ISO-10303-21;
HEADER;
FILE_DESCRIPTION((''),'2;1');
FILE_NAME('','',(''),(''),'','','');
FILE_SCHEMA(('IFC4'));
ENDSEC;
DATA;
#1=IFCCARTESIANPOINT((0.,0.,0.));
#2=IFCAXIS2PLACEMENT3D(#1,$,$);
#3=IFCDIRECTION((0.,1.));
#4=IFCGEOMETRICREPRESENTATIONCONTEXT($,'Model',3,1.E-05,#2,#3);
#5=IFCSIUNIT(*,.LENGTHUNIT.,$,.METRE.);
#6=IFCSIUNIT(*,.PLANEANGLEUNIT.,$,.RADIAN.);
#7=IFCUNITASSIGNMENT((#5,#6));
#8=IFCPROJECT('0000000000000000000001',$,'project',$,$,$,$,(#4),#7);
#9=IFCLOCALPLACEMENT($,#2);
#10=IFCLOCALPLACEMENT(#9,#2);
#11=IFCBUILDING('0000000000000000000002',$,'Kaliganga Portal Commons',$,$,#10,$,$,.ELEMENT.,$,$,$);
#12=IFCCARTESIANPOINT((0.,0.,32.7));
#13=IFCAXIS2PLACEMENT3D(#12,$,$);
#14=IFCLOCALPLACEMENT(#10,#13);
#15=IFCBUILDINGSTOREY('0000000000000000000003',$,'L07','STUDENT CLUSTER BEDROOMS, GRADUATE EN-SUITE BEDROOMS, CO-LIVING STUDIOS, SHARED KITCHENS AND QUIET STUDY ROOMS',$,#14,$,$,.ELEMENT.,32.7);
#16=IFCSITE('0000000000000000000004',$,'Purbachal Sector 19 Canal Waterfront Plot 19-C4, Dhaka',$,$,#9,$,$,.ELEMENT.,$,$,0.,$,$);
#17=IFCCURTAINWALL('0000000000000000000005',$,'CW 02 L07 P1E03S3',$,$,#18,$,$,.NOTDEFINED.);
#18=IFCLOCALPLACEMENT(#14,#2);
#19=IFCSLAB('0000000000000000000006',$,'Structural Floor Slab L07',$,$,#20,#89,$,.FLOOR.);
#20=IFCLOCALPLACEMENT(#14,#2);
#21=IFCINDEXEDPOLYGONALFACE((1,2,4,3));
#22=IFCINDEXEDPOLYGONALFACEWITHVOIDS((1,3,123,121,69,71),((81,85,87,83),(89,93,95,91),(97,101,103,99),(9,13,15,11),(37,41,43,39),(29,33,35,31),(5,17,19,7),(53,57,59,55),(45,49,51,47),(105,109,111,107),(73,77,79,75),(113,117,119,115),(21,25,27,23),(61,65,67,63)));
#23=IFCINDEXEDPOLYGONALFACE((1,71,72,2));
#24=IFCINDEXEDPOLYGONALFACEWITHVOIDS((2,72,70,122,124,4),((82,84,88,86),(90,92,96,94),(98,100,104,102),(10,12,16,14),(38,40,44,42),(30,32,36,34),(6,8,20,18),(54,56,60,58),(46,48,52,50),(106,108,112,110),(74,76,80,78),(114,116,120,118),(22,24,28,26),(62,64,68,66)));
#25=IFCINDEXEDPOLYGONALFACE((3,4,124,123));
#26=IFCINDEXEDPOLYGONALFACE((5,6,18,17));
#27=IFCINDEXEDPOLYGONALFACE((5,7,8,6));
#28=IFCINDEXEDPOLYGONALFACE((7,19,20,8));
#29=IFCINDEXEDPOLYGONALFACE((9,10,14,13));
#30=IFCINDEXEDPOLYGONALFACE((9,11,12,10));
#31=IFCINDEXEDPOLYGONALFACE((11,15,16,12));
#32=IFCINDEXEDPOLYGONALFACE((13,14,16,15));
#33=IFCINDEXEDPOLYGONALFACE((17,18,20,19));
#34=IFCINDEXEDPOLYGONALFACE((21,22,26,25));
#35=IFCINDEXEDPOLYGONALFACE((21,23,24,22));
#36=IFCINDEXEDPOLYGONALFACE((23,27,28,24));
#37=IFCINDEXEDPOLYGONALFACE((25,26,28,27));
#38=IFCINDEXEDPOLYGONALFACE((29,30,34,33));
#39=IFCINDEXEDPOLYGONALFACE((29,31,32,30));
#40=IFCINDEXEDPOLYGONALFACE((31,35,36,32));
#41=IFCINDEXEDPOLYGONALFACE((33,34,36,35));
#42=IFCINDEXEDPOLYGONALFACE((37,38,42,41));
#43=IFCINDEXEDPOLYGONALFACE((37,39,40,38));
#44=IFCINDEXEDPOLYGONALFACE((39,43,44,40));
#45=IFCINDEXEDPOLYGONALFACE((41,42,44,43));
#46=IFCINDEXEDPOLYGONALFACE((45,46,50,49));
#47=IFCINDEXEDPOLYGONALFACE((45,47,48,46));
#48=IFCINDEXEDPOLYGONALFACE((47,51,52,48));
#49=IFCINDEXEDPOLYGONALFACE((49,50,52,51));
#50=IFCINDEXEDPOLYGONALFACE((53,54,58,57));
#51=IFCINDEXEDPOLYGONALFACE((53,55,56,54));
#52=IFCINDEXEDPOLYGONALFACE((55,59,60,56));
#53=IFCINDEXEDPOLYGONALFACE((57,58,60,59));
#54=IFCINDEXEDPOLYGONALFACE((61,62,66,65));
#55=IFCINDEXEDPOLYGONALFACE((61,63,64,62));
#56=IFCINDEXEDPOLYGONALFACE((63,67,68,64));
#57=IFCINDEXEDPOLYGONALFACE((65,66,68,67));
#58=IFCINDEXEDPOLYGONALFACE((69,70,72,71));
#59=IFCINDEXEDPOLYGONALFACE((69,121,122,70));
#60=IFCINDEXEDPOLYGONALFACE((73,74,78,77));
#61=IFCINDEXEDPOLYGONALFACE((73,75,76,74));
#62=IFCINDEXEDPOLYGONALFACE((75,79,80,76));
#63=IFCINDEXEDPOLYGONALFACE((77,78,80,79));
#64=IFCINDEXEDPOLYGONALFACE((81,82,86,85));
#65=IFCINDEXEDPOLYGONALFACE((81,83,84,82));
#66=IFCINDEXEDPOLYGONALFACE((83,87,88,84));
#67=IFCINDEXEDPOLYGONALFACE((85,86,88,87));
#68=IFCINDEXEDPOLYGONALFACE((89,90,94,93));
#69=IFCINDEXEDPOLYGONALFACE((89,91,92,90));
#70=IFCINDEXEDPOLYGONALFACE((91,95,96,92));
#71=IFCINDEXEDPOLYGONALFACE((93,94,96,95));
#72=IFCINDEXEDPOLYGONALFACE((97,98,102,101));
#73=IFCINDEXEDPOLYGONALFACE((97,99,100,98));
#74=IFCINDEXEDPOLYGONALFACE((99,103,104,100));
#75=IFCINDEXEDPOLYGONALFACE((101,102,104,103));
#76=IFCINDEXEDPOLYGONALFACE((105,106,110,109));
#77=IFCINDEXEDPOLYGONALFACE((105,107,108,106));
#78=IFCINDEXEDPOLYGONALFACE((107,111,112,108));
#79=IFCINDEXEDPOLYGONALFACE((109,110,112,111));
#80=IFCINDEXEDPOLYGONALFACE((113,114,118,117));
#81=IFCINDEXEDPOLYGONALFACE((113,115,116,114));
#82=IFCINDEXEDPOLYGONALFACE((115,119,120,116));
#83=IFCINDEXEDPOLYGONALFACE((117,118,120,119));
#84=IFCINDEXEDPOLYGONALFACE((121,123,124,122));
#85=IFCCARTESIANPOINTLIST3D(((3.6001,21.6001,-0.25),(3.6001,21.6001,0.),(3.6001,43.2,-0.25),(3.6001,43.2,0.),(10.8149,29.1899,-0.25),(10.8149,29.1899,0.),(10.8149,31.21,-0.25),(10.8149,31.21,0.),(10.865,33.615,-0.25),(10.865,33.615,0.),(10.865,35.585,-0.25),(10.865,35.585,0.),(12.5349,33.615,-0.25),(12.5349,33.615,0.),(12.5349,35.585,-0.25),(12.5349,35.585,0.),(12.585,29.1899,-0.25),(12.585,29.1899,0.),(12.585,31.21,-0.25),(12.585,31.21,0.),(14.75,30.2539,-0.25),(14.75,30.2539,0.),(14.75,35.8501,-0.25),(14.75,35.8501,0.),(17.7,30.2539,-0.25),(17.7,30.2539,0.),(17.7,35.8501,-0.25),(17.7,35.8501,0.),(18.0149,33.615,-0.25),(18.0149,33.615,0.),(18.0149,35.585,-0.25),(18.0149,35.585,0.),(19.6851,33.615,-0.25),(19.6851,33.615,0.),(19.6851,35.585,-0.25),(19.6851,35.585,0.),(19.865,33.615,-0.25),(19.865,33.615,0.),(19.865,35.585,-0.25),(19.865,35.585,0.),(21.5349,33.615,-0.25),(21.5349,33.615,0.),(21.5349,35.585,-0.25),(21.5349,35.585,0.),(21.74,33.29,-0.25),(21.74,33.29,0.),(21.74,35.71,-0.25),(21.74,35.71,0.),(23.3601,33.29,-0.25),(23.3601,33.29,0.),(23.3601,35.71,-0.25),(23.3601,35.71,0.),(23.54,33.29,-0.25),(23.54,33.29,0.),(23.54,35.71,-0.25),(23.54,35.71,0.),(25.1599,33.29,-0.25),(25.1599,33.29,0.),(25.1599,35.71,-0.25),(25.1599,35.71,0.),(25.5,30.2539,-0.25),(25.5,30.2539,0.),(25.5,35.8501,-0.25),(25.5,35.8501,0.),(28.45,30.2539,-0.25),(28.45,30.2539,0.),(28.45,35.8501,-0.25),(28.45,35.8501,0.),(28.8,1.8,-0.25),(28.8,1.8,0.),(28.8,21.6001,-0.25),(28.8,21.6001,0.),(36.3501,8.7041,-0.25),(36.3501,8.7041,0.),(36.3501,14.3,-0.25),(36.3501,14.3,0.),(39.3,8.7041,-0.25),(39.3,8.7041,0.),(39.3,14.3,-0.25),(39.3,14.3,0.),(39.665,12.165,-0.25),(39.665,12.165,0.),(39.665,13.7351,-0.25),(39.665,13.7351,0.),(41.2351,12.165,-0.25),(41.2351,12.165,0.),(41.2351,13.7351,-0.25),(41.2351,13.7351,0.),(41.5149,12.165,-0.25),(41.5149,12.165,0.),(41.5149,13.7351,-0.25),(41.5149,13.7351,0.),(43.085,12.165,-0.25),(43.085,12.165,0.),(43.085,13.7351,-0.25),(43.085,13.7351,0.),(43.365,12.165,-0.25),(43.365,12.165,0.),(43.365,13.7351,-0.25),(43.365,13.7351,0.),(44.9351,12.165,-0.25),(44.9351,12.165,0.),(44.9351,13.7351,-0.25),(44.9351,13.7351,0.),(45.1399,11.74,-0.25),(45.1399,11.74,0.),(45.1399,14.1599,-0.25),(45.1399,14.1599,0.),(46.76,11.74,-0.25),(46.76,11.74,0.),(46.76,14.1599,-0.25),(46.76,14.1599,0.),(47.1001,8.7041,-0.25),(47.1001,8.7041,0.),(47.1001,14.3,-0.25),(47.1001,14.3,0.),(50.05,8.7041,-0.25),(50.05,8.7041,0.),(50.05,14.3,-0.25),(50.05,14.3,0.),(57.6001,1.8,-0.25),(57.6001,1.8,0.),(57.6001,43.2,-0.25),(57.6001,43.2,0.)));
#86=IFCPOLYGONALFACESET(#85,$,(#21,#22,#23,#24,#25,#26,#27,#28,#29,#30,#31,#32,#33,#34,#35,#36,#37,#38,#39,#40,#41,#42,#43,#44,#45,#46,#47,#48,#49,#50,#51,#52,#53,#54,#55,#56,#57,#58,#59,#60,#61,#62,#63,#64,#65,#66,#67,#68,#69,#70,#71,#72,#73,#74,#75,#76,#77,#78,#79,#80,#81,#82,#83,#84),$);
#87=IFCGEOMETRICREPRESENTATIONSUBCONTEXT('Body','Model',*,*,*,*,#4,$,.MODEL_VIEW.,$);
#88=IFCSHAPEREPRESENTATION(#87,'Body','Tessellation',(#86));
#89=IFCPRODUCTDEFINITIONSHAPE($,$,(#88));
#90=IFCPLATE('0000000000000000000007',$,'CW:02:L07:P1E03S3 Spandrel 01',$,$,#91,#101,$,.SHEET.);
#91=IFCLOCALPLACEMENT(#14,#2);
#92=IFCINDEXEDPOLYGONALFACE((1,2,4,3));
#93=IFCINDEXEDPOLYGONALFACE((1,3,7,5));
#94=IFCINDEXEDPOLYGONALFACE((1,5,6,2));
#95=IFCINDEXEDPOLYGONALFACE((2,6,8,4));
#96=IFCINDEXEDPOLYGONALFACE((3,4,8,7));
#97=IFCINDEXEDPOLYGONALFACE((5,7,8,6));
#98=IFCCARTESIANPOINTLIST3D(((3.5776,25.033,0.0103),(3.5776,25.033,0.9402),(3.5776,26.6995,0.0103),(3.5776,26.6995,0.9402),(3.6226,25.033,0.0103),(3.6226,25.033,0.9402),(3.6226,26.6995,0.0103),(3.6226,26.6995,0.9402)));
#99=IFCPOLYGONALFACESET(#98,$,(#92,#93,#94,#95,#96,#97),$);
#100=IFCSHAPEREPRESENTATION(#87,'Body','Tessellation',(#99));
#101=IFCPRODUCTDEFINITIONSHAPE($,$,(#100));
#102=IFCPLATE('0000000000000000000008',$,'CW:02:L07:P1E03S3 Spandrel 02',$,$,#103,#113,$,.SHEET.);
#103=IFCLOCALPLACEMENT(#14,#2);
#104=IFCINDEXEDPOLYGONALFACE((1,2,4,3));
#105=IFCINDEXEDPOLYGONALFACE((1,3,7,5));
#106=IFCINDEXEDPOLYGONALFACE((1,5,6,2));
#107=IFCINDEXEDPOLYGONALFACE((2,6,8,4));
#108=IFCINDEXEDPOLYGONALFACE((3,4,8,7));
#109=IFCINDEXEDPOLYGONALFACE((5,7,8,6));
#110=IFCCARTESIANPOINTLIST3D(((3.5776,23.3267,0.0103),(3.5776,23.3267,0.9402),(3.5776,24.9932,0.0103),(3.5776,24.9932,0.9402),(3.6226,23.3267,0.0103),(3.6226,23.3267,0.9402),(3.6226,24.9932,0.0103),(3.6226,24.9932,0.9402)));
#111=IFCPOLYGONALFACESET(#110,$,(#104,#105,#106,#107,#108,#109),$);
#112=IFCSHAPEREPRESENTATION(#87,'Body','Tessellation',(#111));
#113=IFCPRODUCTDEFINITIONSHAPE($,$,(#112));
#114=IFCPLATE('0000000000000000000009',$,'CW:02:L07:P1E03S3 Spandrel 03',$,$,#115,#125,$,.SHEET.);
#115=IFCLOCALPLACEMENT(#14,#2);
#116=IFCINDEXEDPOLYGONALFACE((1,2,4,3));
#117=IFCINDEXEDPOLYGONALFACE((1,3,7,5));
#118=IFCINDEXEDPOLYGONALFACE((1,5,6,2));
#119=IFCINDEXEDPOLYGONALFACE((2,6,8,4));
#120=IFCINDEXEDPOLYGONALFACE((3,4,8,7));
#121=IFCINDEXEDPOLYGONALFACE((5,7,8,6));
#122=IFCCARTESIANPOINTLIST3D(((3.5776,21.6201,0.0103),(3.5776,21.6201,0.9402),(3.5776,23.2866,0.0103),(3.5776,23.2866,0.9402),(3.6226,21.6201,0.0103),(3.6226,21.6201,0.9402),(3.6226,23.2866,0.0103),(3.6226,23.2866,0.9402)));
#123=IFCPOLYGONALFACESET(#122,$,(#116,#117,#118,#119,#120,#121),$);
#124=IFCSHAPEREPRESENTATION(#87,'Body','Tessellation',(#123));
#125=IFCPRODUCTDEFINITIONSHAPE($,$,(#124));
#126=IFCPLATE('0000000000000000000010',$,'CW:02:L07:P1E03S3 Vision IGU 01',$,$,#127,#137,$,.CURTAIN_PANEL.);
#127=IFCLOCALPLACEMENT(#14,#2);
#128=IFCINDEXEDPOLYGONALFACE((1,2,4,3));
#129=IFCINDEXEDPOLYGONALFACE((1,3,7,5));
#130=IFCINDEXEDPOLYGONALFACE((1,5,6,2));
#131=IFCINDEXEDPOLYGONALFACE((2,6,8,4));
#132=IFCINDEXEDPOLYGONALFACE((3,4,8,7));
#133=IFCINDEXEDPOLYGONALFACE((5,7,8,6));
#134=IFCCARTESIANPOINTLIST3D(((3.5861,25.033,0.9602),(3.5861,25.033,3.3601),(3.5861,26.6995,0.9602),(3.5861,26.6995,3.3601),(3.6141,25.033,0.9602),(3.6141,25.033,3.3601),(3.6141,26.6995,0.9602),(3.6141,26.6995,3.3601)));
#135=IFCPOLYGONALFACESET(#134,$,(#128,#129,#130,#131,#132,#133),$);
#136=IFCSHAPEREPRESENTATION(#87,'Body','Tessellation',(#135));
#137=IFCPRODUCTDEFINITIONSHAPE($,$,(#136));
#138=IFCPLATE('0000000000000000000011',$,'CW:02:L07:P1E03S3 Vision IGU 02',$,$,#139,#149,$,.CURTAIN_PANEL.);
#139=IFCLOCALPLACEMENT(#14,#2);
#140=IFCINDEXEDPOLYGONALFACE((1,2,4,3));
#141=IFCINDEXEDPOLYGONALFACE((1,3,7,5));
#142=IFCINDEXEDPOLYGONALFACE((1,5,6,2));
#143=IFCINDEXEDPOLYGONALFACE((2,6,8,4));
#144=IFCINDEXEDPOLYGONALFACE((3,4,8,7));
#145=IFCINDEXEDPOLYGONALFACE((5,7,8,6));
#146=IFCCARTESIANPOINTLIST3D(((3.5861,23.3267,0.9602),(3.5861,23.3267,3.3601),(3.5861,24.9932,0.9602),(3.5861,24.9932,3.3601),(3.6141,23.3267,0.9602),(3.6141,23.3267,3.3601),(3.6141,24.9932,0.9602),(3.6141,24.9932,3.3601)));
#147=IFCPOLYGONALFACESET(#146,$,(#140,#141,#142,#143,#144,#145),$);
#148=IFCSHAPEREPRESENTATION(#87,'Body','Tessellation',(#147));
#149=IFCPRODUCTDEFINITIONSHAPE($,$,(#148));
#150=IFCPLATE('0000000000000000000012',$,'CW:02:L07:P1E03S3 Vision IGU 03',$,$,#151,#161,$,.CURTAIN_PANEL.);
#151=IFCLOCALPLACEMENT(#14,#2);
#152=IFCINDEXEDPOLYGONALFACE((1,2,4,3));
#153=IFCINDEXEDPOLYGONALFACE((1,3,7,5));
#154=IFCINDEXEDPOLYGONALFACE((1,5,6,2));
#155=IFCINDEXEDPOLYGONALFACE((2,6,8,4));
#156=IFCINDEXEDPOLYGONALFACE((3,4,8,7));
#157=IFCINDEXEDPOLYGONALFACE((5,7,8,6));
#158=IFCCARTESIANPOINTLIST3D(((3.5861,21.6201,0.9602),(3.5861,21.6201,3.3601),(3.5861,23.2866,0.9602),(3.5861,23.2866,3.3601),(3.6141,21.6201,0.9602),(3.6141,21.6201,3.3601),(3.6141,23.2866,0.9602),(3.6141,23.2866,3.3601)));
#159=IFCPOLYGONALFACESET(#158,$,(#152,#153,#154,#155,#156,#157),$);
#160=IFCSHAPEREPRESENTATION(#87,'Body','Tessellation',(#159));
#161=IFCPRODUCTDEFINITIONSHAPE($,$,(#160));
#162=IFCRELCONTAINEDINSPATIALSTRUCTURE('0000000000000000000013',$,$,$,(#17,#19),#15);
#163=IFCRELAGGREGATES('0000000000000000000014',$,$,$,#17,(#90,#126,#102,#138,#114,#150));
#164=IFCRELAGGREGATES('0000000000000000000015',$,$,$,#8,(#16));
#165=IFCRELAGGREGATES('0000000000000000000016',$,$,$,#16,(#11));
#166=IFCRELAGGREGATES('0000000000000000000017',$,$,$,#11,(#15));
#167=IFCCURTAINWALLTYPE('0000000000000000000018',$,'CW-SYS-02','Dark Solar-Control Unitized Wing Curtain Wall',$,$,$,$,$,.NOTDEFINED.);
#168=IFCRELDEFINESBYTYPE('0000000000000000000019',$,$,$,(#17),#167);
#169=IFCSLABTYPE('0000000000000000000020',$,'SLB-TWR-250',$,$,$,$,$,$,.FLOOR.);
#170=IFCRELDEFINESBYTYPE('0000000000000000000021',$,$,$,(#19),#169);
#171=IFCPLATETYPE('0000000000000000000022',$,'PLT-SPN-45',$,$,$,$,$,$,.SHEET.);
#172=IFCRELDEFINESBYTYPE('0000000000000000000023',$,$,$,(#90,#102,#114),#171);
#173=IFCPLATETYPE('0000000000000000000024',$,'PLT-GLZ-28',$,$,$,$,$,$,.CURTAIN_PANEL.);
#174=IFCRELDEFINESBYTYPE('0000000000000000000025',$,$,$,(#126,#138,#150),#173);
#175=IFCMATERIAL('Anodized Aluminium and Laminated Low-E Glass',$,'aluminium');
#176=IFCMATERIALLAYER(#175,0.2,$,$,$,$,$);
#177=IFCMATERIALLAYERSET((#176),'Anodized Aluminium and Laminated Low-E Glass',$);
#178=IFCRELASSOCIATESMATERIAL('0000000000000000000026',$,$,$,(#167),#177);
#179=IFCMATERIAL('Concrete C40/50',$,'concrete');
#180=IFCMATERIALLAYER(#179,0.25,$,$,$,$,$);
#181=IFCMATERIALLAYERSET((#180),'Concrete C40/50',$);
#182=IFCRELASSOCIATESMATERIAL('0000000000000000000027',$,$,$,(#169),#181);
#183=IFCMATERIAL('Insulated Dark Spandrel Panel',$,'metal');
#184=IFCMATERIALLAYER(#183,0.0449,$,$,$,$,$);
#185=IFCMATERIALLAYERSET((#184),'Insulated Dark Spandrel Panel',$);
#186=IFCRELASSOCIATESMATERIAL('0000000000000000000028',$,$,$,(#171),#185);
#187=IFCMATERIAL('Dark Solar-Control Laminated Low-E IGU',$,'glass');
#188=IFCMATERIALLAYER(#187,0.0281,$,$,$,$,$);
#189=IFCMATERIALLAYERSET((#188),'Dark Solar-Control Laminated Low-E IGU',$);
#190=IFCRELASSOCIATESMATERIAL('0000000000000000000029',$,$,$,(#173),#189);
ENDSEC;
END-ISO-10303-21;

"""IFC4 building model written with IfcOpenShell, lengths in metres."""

from ifc_helpers import new_model, si_unit, direction, frame, origin, origin_2d, place, context, subcontext, project, spatial, polyline, rectangle, outline, extrude, source, transform, mapped, material, layer, layer_set, type_object, element, aggregate, save


model = new_model("IFC4")

# Units and contexts
model_context = context("Model", 3, precision=1e-05, world=origin(), true_north=direction((0.0, 1.0)))
body_context = subcontext(model_context, "Body", "Model", "MODEL_VIEW")
ifc_project = project(units=[si_unit("LENGTHUNIT", "METRE"), si_unit("PLANEANGLEUNIT", "RADIAN")], contexts=[model_context])

# Site, building, storey
site_placement = place(None, origin())
site = spatial("IfcSite", under=ifc_project, at=site_placement, Name="Purbachal Sector 19 Canal Waterfront Plot 19-C4, Dhaka", CompositionType="ELEMENT", RefElevation=0.0)
building_placement = place(site_placement, origin())
building = spatial("IfcBuilding", under=site, at=building_placement, Name="Kaliganga Portal Commons", CompositionType="ELEMENT")
storey_placement = place(building_placement, frame((0.0, 0.0, 32.7)))
storey = spatial("IfcBuildingStorey", under=building, at=storey_placement, Name="L07", Description="STUDENT CLUSTER BEDROOMS, GRADUATE EN-SUITE BEDROOMS, CO-LIVING STUDIOS, SHARED KITCHENS AND QUIET STUDY ROOMS", CompositionType="ELEMENT", Elevation=32.7)

# Curtain wall
ifc_material_1 = material(Name="Anodized Aluminium and Laminated Low-E Glass", Category="aluminium")
ifc_layer_1 = layer(ifc_material_1, 0.2)
ifc_layer_set_1 = layer_set([ifc_layer_1], Name="Anodized Aluminium and Laminated Low-E Glass")
curtain_wall_type = type_object("IfcCurtainWallType", Name="CW-SYS-02", Description="Dark Solar-Control Unitized Wing Curtain Wall", PredefinedType="NOTDEFINED", material=ifc_layer_set_1)
curtain_wall_placement = place(storey_placement, origin())
curtain_wall = element("IfcCurtainWall", 1, at=curtain_wall_placement, inside=storey, type_object=curtain_wall_type, Name="CW 02 L07 P1E03S3", PredefinedType="NOTDEFINED")

# Shared definitions
ifc_material_2 = material(Name="Concrete C40/50", Category="concrete")

# Slab
ifc_layer_2 = layer(ifc_material_2, 0.25)
ifc_layer_set_2 = layer_set([ifc_layer_2], Name="Concrete C40/50")
slab_type_1 = type_object("IfcSlabType", Name="SLB-TWR-250", PredefinedType="FLOOR", material=ifc_layer_set_2)
slab_1_placement = place(storey_placement, frame((0.0, 0.0, -0.25)))
element("IfcSlab", 2, at=slab_1_placement, inside=storey, type_object=slab_type_1, Name="Structural Floor Slab L07", PredefinedType="FLOOR", context=body_context, shape_type="SweptSolid", body=[
    extrude(outline(polyline([(28.8, 1.8), (57.6001, 1.8), (57.6001, 43.2), (3.6001, 43.2), (3.6001, 21.6001), (28.8, 21.6001), (28.8, 1.8)]), holes=[polyline([(14.75, 30.2539), (14.75, 35.8501), (17.7, 35.8501), (17.7, 30.2539), (14.75, 30.2539)]), polyline([(25.5, 30.2539), (25.5, 35.8501), (28.45, 35.8501), (28.45, 30.2539), (25.5, 30.2539)]), polyline([(36.3501, 8.7041), (36.3501, 14.3), (39.3, 14.3), (39.3, 8.7041), (36.3501, 8.7041)]), polyline([(47.1001, 8.7041), (47.1001, 14.3), (50.05, 14.3), (50.05, 8.7041), (47.1001, 8.7041)]), polyline([(18.0149, 33.615), (18.0149, 35.585), (19.6851, 35.585), (19.6851, 33.615), (18.0149, 33.615)]), polyline([(19.865, 33.615), (19.865, 35.585), (21.5349, 35.585), (21.5349, 33.615), (19.865, 33.615)]), polyline([(10.8149, 29.1899), (10.8149, 31.21), (12.585, 31.21), (12.585, 29.1899), (10.8149, 29.1899)]), polyline([(10.865, 33.615), (10.865, 35.585), (12.5349, 35.585), (12.5349, 33.615), (10.865, 33.615)]), polyline([(21.74, 33.29), (21.74, 35.71), (23.3601, 35.71), (23.3601, 33.29), (21.74, 33.29)]), polyline([(23.54, 33.29), (23.54, 35.71), (25.1599, 35.71), (25.1599, 33.29), (23.54, 33.29)]), polyline([(39.665, 12.165), (39.665, 13.7351), (41.2351, 13.7351), (41.2351, 12.165), (39.665, 12.165)]), polyline([(41.5149, 12.165), (41.5149, 13.7351), (43.085, 13.7351), (43.085, 12.165), (41.5149, 12.165)]), polyline([(43.365, 12.165), (43.365, 13.7351), (44.9351, 13.7351), (44.9351, 12.165), (43.365, 12.165)]), polyline([(45.1399, 11.74), (45.1399, 14.1599), (46.76, 14.1599), (46.76, 11.74), (45.1399, 11.74)])]), origin(), (0.0, 0.0, 1.0), 0.25),
])

# Plates
ifc_material_3 = material(Name="Insulated Dark Spandrel Panel", Category="metal")
ifc_layer_3 = layer(ifc_material_3, 0.0449)
ifc_layer_set_3 = layer_set([ifc_layer_3], Name="Insulated Dark Spandrel Panel")
plate_type_1 = type_object("IfcPlateType", Name="PLT-SPN-45", PredefinedType="SHEET", material=ifc_layer_set_3)
shared_shape_1 = source(origin(), body_context, "Body", "SweptSolid", [
    extrude(rectangle(XDim=1.6665, YDim=0.0449, at=origin_2d()), origin(), (0.0, 0.0, 1.0), 0.9299),
])
plate_1_placement = place(storey_placement, frame((3.6001, 25.8662, 0.0103), z_axis=(0.0, 0.0, 1.0), x_axis=(0.0, -1.0, 0.0)))
plate_1 = element("IfcPlate", 3, at=plate_1_placement, type_object=plate_type_1, Name="CW:02:L07:P1E03S3 Spandrel 01", PredefinedType="SHEET", context=body_context, shape_type="MappedRepresentation", body=[
    mapped(shared_shape_1, transform((0.0, 0.0, 0.0), x_axis=(1.0, 0.0, 0.0), y_axis=(0.0, 1.0, 0.0), z_axis=(0.0, 0.0, 1.0), scale=1.0)),
])
plate_2_placement = place(storey_placement, frame((3.6001, 24.1599, 0.0103), z_axis=(0.0, 0.0, 1.0), x_axis=(0.0, -1.0, 0.0)))
plate_2 = element("IfcPlate", 4, at=plate_2_placement, type_object=plate_type_1, Name="CW:02:L07:P1E03S3 Spandrel 02", PredefinedType="SHEET", context=body_context, shape_type="MappedRepresentation", body=[
    mapped(shared_shape_1, transform((0.0, 0.0, 0.0), x_axis=(1.0, 0.0, 0.0), y_axis=(0.0, 1.0, 0.0), z_axis=(0.0, 0.0, 1.0), scale=1.0)),
])
plate_3_placement = place(storey_placement, frame((3.6001, 22.4534, 0.0103), z_axis=(0.0, 0.0, 1.0), x_axis=(0.0, -1.0, 0.0)))
plate_3 = element("IfcPlate", 5, at=plate_3_placement, type_object=plate_type_1, Name="CW:02:L07:P1E03S3 Spandrel 03", PredefinedType="SHEET", context=body_context, shape_type="MappedRepresentation", body=[
    mapped(shared_shape_1, transform((0.0, 0.0, 0.0), x_axis=(1.0, 0.0, 0.0), y_axis=(0.0, 1.0, 0.0), z_axis=(0.0, 0.0, 1.0), scale=1.0)),
])
ifc_material_4 = material(Name="Dark Solar-Control Laminated Low-E IGU", Category="glass")
ifc_layer_4 = layer(ifc_material_4, 0.0281)
ifc_layer_set_4 = layer_set([ifc_layer_4], Name="Dark Solar-Control Laminated Low-E IGU")
plate_type_2 = type_object("IfcPlateType", Name="PLT-GLZ-28", PredefinedType="CURTAIN_PANEL", material=ifc_layer_set_4)
shared_shape_2 = source(origin(), body_context, "Body", "SweptSolid", [
    extrude(rectangle(XDim=1.6665, YDim=0.0281, at=origin_2d()), origin(), (0.0, 0.0, 1.0), 2.3999),
])
plate_4_placement = place(storey_placement, frame((3.6001, 25.8662, 0.9602), z_axis=(0.0, 0.0, 1.0), x_axis=(0.0, -1.0, 0.0)))
plate_4 = element("IfcPlate", 6, at=plate_4_placement, type_object=plate_type_2, Name="CW:02:L07:P1E03S3 Vision IGU 01", PredefinedType="CURTAIN_PANEL", context=body_context, shape_type="MappedRepresentation", body=[
    mapped(shared_shape_2, transform((0.0, 0.0, 0.0), x_axis=(1.0, 0.0, 0.0), y_axis=(0.0, 1.0, 0.0), z_axis=(0.0, 0.0, 1.0), scale=1.0)),
])
plate_5_placement = place(storey_placement, frame((3.6001, 24.1599, 0.9602), z_axis=(0.0, 0.0, 1.0), x_axis=(0.0, -1.0, 0.0)))
plate_5 = element("IfcPlate", 7, at=plate_5_placement, type_object=plate_type_2, Name="CW:02:L07:P1E03S3 Vision IGU 02", PredefinedType="CURTAIN_PANEL", context=body_context, shape_type="MappedRepresentation", body=[
    mapped(shared_shape_2, transform((0.0, 0.0, 0.0), x_axis=(1.0, 0.0, 0.0), y_axis=(0.0, 1.0, 0.0), z_axis=(0.0, 0.0, 1.0), scale=1.0)),
])
plate_6_placement = place(storey_placement, frame((3.6001, 22.4534, 0.9602), z_axis=(0.0, 0.0, 1.0), x_axis=(0.0, -1.0, 0.0)))
plate_6 = element("IfcPlate", 8, at=plate_6_placement, type_object=plate_type_2, Name="CW:02:L07:P1E03S3 Vision IGU 03", PredefinedType="CURTAIN_PANEL", context=body_context, shape_type="MappedRepresentation", body=[
    mapped(shared_shape_2, transform((0.0, 0.0, 0.0), x_axis=(1.0, 0.0, 0.0), y_axis=(0.0, 1.0, 0.0), z_axis=(0.0, 0.0, 1.0), scale=1.0)),
])
aggregate(curtain_wall, [plate_1, plate_4, plate_2, plate_5, plate_3, plate_6])

save(model, "model.ifc")
